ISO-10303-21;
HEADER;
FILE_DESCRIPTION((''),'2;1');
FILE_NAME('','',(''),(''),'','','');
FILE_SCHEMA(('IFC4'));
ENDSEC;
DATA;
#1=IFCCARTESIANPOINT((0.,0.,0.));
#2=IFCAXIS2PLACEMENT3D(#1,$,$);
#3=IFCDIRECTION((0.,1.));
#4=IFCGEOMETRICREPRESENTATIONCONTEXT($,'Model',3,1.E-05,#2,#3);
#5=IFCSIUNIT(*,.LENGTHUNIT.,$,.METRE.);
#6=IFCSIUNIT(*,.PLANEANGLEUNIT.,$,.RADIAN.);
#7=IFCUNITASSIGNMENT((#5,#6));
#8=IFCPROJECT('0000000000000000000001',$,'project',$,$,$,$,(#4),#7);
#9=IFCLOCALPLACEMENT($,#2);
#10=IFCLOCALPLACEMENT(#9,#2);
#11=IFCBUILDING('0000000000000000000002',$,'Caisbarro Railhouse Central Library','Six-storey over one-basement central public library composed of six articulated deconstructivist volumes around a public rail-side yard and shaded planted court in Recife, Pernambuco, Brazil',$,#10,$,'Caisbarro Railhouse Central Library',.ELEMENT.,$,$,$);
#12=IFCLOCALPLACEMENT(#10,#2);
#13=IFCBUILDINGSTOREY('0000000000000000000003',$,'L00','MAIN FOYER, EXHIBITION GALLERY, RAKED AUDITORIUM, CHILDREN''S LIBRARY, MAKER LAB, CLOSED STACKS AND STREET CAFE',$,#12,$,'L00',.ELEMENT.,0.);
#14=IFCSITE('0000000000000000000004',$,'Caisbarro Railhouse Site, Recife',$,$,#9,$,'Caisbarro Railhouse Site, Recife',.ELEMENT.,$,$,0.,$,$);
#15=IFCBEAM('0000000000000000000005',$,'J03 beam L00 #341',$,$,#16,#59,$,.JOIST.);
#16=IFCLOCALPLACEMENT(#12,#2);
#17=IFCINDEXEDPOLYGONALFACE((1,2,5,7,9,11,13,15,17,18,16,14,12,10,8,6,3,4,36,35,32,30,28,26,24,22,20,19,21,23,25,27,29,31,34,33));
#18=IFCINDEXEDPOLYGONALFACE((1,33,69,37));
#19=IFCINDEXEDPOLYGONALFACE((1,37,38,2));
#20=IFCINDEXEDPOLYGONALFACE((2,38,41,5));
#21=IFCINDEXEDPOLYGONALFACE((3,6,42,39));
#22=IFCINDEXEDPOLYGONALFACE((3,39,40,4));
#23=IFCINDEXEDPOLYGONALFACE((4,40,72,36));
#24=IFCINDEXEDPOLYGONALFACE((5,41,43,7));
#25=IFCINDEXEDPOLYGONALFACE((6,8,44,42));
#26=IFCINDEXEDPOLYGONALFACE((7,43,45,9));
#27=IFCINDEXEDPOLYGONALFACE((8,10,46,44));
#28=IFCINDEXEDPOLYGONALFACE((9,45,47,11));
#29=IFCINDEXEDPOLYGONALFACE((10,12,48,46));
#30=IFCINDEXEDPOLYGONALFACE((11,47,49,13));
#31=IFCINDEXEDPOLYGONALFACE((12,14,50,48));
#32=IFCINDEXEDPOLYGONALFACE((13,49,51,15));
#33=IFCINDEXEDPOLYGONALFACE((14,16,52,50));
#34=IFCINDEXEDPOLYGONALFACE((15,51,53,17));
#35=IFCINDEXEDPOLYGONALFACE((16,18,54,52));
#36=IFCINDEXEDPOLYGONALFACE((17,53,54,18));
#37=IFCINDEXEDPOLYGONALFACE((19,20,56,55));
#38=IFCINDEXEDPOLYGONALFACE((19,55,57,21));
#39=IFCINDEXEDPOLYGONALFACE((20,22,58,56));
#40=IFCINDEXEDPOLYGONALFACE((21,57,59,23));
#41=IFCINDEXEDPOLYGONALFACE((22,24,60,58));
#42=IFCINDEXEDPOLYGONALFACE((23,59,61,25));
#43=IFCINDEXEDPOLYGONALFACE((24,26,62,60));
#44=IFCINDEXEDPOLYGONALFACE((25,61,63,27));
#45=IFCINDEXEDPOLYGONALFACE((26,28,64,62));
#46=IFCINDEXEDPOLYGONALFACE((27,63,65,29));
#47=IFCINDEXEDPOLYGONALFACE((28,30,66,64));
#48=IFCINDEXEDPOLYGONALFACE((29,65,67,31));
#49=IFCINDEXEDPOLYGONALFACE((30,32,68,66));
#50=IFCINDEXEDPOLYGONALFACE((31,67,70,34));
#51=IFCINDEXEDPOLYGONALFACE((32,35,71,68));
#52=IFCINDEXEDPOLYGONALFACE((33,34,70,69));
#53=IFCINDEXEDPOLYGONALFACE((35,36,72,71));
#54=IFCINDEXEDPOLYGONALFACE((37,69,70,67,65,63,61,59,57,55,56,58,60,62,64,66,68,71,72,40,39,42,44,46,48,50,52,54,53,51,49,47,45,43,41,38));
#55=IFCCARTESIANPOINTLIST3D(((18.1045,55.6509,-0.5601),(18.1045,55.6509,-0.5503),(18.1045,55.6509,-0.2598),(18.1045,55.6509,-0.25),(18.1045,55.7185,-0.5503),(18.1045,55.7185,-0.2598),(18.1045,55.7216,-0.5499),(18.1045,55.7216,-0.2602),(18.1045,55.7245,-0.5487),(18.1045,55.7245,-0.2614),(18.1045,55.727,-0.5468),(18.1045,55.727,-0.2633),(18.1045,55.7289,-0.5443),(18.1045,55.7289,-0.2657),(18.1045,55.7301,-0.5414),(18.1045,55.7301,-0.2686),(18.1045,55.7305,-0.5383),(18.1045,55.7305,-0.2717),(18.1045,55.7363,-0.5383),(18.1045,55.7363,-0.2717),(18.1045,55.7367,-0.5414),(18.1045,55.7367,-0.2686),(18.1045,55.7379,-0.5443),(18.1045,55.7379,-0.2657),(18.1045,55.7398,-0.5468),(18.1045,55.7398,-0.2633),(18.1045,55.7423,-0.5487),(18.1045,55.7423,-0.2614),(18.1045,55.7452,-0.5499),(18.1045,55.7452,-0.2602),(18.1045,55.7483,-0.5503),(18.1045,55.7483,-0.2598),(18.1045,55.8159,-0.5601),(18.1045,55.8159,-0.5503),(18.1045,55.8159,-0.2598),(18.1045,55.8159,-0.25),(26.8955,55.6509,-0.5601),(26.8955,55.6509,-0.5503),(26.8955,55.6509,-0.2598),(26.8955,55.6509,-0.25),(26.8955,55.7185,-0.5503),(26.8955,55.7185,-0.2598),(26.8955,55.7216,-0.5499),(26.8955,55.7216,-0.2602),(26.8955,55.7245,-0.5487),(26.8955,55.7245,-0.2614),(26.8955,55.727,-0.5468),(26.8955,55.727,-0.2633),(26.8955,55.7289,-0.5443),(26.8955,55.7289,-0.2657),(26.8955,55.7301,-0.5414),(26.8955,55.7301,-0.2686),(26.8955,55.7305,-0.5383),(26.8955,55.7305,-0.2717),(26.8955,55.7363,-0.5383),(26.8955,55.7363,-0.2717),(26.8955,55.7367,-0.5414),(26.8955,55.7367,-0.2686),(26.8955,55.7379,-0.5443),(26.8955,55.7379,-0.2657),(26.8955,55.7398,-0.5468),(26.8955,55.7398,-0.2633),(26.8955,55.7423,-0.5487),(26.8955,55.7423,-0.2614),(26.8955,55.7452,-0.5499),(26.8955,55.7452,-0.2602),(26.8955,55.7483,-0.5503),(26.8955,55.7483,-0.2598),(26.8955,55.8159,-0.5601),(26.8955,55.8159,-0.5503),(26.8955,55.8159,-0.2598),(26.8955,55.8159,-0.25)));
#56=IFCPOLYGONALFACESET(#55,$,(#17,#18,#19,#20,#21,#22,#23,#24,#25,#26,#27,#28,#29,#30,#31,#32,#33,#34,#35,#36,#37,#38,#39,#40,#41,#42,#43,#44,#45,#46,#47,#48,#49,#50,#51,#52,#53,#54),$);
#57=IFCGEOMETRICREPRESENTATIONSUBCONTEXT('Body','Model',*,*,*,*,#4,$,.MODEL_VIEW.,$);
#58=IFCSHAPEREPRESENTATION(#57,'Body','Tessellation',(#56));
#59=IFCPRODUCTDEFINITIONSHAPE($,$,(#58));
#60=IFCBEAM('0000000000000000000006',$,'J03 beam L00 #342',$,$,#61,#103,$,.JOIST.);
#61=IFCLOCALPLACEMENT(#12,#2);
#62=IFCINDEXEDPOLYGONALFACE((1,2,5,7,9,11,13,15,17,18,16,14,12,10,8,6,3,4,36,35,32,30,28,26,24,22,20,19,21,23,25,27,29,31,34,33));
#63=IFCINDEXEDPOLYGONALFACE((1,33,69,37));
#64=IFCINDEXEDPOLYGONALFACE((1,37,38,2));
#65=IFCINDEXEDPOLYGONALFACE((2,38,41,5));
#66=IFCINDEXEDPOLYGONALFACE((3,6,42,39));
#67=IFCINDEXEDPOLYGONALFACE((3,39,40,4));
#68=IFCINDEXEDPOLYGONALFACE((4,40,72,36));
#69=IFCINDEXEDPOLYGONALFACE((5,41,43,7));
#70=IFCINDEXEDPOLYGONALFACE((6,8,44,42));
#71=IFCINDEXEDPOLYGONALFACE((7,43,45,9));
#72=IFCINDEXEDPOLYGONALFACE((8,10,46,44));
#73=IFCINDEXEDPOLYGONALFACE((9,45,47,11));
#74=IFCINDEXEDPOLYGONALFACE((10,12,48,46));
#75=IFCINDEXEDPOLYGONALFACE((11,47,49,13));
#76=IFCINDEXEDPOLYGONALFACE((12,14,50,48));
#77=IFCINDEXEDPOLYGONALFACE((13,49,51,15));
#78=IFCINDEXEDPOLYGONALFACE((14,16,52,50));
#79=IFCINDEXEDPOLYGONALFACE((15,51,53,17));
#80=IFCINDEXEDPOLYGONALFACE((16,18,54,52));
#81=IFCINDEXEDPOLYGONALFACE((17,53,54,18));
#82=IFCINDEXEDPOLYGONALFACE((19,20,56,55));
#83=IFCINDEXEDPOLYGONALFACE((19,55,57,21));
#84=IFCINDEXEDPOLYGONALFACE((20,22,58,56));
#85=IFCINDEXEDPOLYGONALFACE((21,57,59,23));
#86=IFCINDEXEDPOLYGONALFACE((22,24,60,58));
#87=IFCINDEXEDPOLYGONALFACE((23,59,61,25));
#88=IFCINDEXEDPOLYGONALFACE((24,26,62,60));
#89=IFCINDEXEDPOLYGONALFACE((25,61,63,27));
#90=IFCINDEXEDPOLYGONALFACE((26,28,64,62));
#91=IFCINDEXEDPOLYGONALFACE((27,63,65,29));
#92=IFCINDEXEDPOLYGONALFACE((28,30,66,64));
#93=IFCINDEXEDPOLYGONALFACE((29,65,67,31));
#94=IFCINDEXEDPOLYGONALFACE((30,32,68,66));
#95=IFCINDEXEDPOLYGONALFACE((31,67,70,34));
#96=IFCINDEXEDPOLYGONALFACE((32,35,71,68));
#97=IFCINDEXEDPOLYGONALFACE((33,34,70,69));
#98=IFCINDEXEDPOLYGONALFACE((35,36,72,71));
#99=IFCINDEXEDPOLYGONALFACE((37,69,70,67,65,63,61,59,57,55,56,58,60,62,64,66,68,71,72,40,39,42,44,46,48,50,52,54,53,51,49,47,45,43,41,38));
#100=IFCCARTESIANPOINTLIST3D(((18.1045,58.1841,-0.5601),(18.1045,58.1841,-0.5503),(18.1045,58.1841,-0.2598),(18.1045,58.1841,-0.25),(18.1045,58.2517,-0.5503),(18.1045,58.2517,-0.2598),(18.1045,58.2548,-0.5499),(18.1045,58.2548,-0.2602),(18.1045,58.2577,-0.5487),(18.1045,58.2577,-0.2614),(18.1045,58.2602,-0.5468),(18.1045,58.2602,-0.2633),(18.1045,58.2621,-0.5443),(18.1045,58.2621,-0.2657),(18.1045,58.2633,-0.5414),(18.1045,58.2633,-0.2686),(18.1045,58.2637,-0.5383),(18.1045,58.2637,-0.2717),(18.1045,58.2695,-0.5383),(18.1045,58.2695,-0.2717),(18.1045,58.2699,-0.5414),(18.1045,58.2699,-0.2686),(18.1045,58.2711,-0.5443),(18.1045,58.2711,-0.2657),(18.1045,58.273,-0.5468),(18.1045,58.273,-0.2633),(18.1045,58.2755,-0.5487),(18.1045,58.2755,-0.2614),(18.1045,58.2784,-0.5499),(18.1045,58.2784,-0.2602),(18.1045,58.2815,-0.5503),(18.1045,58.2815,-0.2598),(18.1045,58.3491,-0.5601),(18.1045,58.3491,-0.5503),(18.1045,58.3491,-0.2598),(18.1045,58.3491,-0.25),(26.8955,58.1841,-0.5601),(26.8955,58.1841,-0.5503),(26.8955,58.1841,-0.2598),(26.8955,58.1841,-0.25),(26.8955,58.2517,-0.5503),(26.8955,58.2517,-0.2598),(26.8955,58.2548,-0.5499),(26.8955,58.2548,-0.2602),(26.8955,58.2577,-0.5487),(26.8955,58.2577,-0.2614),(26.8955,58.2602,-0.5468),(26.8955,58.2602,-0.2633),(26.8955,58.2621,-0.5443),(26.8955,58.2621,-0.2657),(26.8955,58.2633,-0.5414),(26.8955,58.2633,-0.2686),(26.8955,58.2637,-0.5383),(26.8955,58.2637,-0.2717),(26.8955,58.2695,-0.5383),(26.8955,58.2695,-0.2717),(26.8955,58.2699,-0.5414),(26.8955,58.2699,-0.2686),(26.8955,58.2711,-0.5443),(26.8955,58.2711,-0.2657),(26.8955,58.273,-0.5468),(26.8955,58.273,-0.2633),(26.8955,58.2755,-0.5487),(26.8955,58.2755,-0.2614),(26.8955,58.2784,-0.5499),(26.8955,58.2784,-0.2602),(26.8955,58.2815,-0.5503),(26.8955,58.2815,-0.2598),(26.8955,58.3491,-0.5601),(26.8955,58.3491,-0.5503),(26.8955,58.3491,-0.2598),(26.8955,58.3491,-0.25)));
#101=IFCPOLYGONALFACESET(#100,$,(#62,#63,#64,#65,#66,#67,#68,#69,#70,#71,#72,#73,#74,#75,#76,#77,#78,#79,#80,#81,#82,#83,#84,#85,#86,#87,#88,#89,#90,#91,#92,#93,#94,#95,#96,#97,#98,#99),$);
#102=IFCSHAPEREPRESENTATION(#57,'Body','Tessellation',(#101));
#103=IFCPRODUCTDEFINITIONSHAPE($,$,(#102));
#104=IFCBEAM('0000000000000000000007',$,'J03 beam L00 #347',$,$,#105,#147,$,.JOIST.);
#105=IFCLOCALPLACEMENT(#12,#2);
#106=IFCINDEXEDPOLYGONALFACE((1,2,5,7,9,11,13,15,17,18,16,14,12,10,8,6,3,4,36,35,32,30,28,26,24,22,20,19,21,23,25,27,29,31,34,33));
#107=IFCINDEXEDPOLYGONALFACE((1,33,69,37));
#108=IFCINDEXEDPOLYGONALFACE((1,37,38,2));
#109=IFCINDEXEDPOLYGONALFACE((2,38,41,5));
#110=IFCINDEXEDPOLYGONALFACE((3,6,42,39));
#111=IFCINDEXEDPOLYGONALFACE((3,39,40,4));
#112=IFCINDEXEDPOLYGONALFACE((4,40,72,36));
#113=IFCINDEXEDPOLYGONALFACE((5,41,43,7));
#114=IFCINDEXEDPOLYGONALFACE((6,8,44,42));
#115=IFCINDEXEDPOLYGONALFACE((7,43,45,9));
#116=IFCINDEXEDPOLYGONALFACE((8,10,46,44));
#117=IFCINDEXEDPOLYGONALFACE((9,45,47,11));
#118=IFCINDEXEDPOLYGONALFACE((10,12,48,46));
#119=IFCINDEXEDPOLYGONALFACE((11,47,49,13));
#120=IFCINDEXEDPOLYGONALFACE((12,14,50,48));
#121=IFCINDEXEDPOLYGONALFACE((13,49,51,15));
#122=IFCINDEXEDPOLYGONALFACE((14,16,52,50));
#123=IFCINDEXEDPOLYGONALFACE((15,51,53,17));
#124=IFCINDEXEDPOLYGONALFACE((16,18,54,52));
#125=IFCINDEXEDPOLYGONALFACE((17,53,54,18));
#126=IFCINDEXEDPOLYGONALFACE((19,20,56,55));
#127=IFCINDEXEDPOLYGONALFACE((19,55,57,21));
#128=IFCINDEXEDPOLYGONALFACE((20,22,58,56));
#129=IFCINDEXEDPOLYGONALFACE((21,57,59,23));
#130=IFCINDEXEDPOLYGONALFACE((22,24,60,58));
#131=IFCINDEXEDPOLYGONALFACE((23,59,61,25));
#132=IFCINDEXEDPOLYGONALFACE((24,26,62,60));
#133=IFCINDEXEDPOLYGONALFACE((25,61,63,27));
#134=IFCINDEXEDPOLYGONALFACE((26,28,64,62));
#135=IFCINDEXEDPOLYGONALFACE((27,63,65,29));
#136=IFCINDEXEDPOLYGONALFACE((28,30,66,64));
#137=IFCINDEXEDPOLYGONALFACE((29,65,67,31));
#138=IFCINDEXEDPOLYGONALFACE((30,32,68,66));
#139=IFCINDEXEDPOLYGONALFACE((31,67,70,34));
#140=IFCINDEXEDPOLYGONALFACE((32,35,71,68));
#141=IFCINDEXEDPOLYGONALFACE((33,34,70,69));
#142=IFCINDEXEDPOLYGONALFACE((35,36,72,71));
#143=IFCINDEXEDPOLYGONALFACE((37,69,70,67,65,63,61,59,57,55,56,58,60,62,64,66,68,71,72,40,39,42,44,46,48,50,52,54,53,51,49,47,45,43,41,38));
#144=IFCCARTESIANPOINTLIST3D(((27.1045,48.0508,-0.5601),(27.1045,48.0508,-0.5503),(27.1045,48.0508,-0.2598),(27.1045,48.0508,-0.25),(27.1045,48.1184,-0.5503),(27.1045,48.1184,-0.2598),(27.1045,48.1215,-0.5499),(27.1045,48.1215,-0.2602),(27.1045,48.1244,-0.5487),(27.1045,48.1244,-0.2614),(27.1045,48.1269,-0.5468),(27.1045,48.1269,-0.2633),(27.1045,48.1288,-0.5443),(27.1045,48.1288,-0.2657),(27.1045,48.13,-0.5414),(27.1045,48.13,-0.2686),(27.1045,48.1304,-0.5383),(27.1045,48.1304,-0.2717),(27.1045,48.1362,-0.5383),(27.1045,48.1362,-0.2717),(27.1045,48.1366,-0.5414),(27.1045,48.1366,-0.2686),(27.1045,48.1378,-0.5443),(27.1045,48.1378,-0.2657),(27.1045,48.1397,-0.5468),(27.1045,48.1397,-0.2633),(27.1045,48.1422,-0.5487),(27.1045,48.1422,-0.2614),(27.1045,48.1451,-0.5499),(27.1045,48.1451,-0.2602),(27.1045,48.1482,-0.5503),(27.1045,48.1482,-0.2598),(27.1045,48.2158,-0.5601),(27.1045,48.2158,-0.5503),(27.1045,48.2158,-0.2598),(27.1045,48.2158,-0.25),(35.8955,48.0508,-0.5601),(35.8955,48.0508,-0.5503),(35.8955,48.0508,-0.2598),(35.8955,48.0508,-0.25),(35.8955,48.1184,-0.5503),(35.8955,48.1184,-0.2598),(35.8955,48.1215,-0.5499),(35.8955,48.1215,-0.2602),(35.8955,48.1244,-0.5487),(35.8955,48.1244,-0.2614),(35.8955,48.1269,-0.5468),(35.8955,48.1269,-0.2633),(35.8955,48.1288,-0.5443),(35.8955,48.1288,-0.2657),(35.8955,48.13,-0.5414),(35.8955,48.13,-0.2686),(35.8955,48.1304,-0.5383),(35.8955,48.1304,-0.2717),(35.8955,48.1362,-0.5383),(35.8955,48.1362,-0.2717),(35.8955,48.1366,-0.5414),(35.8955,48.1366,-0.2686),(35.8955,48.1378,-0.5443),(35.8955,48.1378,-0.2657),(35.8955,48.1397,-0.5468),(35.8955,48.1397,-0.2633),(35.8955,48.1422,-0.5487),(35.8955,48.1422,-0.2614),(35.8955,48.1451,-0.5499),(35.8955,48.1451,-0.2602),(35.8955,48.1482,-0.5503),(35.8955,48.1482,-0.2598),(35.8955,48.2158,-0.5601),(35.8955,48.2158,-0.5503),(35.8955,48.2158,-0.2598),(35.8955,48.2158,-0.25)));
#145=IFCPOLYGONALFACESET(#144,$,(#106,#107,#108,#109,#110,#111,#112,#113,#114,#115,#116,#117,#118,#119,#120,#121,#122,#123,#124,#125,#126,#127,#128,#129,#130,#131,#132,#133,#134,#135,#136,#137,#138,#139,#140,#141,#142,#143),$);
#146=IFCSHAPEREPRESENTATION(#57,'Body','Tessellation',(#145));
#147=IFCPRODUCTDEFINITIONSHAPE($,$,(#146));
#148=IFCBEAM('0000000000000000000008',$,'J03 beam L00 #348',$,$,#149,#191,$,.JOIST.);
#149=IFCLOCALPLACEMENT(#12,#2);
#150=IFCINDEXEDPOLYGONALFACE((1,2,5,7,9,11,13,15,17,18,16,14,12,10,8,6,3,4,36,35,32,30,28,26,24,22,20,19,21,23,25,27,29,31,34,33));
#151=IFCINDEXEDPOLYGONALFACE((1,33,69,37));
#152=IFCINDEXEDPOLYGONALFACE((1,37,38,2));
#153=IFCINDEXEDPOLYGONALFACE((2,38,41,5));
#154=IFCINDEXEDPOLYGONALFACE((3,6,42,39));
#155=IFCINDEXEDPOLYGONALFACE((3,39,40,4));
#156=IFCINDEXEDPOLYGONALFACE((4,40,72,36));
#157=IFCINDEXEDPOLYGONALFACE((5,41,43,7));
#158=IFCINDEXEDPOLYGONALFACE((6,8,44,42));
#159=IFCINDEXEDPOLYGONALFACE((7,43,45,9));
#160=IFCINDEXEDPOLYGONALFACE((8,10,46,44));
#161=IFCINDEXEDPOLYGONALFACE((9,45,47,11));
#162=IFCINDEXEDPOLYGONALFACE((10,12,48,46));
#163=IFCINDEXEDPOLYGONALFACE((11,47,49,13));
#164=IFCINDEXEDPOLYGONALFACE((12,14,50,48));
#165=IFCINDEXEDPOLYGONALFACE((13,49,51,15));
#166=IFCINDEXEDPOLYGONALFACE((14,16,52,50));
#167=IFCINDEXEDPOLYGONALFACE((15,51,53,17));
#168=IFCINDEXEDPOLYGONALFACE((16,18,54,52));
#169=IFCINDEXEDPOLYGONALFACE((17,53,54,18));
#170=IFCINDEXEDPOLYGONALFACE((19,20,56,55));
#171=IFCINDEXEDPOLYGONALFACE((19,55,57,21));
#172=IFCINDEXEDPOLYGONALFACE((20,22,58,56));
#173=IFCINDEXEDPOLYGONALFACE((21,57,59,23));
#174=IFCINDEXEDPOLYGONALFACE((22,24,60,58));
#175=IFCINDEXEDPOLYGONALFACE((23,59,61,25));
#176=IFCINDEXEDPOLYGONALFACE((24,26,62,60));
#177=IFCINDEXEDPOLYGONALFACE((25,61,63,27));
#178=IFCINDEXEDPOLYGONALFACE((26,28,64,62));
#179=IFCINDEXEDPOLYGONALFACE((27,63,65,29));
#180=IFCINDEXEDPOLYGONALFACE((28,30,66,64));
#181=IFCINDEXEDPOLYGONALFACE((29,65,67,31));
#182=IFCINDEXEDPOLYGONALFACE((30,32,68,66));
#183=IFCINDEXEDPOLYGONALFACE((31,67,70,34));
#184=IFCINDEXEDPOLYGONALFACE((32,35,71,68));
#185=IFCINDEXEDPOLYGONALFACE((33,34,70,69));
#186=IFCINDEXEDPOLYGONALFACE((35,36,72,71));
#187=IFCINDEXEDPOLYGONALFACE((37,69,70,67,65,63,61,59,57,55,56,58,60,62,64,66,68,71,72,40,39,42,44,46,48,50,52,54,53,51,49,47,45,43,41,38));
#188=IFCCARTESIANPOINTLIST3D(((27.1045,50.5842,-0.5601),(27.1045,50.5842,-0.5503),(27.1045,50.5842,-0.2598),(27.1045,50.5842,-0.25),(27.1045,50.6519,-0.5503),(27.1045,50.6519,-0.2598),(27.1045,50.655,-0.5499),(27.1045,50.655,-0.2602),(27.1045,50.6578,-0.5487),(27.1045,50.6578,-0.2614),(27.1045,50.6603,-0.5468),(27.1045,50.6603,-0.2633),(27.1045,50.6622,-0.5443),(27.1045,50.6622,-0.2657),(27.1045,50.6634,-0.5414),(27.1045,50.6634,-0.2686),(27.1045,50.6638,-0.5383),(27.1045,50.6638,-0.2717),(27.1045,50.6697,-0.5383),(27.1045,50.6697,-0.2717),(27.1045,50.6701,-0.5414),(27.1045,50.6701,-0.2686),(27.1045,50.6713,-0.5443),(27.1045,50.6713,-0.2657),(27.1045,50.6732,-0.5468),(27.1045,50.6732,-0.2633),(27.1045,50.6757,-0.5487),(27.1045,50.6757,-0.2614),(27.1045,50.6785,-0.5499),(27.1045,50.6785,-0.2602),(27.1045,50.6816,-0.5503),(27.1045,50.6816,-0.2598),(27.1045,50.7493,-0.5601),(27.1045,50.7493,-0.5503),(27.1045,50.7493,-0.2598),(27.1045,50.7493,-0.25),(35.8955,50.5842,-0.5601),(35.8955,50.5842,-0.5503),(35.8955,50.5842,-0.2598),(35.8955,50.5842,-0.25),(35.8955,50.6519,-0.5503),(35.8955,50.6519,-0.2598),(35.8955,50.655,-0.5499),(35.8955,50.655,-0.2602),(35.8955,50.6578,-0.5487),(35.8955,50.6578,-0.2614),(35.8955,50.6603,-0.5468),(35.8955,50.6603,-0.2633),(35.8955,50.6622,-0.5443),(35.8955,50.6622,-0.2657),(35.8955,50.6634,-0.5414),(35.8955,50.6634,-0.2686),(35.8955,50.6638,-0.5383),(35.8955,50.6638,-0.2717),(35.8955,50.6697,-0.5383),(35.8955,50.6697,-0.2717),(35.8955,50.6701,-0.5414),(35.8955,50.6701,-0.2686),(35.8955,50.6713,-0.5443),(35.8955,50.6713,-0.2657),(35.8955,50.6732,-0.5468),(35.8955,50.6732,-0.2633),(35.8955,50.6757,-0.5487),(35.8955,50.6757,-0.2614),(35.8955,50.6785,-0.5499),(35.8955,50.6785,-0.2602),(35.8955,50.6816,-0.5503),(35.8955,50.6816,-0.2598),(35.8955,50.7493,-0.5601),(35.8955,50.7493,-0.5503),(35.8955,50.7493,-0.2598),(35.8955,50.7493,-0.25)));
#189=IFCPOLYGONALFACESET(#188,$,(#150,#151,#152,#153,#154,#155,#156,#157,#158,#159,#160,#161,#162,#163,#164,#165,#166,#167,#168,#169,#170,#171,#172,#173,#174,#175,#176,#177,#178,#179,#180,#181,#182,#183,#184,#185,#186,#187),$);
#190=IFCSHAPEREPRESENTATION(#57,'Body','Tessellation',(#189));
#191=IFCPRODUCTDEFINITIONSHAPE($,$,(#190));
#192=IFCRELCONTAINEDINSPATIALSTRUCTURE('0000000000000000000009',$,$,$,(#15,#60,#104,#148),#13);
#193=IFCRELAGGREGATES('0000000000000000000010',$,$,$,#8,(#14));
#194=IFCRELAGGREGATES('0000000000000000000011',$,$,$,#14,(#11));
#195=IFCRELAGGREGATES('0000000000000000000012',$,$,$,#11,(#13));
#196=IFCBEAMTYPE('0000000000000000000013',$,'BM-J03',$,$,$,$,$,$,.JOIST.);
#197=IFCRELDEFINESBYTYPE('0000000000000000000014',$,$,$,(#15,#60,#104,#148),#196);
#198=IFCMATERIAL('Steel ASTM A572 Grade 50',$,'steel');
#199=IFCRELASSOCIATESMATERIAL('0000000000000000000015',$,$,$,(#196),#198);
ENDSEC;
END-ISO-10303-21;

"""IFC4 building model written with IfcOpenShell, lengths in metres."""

from ifc_helpers import new_model, si_unit, direction, frame, origin, origin_2d, place, context, subcontext, project, spatial, i_section, extrude, material, material_profile, profile_set, type_object, element, save


model = new_model("IFC4")

# Units and contexts
model_context = context("Model", 3, precision=1e-05, world=origin(), true_north=direction((0.0, 1.0)))
body_context = subcontext(model_context, "Body", "Model", "MODEL_VIEW")
ifc_project = project(units=[si_unit("LENGTHUNIT", "METRE"), si_unit("PLANEANGLEUNIT", "RADIAN")], contexts=[model_context])

# Site, building, storey
site_placement = place(None, origin())
site = spatial("IfcSite", under=ifc_project, at=site_placement, Name="Caisbarro Railhouse Site, Recife", LongName="Caisbarro Railhouse Site, Recife", CompositionType="ELEMENT", RefElevation=0.0)
building_placement = place(site_placement, origin())
building = spatial("IfcBuilding", under=site, at=building_placement, Name="Caisbarro Railhouse Central Library", Description="Six-storey over one-basement central public library composed of six articulated deconstructivist volumes around a public rail-side yard and shaded planted court in Recife, Pernambuco, Brazil", LongName="Caisbarro Railhouse Central Library", CompositionType="ELEMENT")
storey_placement = place(building_placement, origin())
storey = spatial("IfcBuildingStorey", under=building, at=storey_placement, Name="L00", Description="MAIN FOYER, EXHIBITION GALLERY, RAKED AUDITORIUM, CHILDREN'S LIBRARY, MAKER LAB, CLOSED STACKS AND STREET CAFE", LongName="L00", CompositionType="ELEMENT", Elevation=0.0)

# Shared definitions
ifc_material = material(Name="Steel ASTM A572 Grade 50", Category="steel")

# Beams
ifc_material_profile_1 = material_profile(ifc_material, i_section(OverallWidth=0.165, OverallDepth=0.3101, WebThickness=0.0059, FlangeThickness=0.0098, FilletRadius=0.012, at=origin_2d()), Name="W310X38.7")
ifc_profile_set_1 = profile_set([ifc_material_profile_1], Name="Steel ASTM A572 Grade 50")
beam_type_1 = type_object("IfcBeamType", Name="BM-J03", PredefinedType="JOIST", material=ifc_profile_set_1)
for number, where, z_axis, x_axis, name in (
    (1, (18.1045, 55.7334, -0.405), (1.0, 0.0, 0.0), (0.0, 1.0, 0.0), "J03 beam L00 #341"),
    (2, (18.1045, 58.2666, -0.405), (1.0, 0.0, 0.0), (0.0, 1.0, 0.0), "J03 beam L00 #342"),
    (3, (27.1045, 48.1333, -0.405), (1.0, 0.0, 0.0), (0.0, 1.0, 0.0), "J03 beam L00 #347"),
    (4, (27.1045, 50.6667, -0.405), (1.0, 0.0, 0.0), (0.0, 1.0, 0.0), "J03 beam L00 #348"),
):
    element("IfcBeam", number, at=place(storey_placement, frame(where, z_axis=z_axis, x_axis=x_axis)), inside=storey, type_object=beam_type_1, Name=name, PredefinedType="JOIST", context=body_context, shape_type="SweptSolid", body=[
        extrude(i_section(OverallWidth=0.165, OverallDepth=0.3101, WebThickness=0.0059, FlangeThickness=0.0098, FilletRadius=0.012, at=origin_2d()), origin(), (0.0, 0.0, 1.0), 8.791),
    ])

save(model, "model.ifc")
